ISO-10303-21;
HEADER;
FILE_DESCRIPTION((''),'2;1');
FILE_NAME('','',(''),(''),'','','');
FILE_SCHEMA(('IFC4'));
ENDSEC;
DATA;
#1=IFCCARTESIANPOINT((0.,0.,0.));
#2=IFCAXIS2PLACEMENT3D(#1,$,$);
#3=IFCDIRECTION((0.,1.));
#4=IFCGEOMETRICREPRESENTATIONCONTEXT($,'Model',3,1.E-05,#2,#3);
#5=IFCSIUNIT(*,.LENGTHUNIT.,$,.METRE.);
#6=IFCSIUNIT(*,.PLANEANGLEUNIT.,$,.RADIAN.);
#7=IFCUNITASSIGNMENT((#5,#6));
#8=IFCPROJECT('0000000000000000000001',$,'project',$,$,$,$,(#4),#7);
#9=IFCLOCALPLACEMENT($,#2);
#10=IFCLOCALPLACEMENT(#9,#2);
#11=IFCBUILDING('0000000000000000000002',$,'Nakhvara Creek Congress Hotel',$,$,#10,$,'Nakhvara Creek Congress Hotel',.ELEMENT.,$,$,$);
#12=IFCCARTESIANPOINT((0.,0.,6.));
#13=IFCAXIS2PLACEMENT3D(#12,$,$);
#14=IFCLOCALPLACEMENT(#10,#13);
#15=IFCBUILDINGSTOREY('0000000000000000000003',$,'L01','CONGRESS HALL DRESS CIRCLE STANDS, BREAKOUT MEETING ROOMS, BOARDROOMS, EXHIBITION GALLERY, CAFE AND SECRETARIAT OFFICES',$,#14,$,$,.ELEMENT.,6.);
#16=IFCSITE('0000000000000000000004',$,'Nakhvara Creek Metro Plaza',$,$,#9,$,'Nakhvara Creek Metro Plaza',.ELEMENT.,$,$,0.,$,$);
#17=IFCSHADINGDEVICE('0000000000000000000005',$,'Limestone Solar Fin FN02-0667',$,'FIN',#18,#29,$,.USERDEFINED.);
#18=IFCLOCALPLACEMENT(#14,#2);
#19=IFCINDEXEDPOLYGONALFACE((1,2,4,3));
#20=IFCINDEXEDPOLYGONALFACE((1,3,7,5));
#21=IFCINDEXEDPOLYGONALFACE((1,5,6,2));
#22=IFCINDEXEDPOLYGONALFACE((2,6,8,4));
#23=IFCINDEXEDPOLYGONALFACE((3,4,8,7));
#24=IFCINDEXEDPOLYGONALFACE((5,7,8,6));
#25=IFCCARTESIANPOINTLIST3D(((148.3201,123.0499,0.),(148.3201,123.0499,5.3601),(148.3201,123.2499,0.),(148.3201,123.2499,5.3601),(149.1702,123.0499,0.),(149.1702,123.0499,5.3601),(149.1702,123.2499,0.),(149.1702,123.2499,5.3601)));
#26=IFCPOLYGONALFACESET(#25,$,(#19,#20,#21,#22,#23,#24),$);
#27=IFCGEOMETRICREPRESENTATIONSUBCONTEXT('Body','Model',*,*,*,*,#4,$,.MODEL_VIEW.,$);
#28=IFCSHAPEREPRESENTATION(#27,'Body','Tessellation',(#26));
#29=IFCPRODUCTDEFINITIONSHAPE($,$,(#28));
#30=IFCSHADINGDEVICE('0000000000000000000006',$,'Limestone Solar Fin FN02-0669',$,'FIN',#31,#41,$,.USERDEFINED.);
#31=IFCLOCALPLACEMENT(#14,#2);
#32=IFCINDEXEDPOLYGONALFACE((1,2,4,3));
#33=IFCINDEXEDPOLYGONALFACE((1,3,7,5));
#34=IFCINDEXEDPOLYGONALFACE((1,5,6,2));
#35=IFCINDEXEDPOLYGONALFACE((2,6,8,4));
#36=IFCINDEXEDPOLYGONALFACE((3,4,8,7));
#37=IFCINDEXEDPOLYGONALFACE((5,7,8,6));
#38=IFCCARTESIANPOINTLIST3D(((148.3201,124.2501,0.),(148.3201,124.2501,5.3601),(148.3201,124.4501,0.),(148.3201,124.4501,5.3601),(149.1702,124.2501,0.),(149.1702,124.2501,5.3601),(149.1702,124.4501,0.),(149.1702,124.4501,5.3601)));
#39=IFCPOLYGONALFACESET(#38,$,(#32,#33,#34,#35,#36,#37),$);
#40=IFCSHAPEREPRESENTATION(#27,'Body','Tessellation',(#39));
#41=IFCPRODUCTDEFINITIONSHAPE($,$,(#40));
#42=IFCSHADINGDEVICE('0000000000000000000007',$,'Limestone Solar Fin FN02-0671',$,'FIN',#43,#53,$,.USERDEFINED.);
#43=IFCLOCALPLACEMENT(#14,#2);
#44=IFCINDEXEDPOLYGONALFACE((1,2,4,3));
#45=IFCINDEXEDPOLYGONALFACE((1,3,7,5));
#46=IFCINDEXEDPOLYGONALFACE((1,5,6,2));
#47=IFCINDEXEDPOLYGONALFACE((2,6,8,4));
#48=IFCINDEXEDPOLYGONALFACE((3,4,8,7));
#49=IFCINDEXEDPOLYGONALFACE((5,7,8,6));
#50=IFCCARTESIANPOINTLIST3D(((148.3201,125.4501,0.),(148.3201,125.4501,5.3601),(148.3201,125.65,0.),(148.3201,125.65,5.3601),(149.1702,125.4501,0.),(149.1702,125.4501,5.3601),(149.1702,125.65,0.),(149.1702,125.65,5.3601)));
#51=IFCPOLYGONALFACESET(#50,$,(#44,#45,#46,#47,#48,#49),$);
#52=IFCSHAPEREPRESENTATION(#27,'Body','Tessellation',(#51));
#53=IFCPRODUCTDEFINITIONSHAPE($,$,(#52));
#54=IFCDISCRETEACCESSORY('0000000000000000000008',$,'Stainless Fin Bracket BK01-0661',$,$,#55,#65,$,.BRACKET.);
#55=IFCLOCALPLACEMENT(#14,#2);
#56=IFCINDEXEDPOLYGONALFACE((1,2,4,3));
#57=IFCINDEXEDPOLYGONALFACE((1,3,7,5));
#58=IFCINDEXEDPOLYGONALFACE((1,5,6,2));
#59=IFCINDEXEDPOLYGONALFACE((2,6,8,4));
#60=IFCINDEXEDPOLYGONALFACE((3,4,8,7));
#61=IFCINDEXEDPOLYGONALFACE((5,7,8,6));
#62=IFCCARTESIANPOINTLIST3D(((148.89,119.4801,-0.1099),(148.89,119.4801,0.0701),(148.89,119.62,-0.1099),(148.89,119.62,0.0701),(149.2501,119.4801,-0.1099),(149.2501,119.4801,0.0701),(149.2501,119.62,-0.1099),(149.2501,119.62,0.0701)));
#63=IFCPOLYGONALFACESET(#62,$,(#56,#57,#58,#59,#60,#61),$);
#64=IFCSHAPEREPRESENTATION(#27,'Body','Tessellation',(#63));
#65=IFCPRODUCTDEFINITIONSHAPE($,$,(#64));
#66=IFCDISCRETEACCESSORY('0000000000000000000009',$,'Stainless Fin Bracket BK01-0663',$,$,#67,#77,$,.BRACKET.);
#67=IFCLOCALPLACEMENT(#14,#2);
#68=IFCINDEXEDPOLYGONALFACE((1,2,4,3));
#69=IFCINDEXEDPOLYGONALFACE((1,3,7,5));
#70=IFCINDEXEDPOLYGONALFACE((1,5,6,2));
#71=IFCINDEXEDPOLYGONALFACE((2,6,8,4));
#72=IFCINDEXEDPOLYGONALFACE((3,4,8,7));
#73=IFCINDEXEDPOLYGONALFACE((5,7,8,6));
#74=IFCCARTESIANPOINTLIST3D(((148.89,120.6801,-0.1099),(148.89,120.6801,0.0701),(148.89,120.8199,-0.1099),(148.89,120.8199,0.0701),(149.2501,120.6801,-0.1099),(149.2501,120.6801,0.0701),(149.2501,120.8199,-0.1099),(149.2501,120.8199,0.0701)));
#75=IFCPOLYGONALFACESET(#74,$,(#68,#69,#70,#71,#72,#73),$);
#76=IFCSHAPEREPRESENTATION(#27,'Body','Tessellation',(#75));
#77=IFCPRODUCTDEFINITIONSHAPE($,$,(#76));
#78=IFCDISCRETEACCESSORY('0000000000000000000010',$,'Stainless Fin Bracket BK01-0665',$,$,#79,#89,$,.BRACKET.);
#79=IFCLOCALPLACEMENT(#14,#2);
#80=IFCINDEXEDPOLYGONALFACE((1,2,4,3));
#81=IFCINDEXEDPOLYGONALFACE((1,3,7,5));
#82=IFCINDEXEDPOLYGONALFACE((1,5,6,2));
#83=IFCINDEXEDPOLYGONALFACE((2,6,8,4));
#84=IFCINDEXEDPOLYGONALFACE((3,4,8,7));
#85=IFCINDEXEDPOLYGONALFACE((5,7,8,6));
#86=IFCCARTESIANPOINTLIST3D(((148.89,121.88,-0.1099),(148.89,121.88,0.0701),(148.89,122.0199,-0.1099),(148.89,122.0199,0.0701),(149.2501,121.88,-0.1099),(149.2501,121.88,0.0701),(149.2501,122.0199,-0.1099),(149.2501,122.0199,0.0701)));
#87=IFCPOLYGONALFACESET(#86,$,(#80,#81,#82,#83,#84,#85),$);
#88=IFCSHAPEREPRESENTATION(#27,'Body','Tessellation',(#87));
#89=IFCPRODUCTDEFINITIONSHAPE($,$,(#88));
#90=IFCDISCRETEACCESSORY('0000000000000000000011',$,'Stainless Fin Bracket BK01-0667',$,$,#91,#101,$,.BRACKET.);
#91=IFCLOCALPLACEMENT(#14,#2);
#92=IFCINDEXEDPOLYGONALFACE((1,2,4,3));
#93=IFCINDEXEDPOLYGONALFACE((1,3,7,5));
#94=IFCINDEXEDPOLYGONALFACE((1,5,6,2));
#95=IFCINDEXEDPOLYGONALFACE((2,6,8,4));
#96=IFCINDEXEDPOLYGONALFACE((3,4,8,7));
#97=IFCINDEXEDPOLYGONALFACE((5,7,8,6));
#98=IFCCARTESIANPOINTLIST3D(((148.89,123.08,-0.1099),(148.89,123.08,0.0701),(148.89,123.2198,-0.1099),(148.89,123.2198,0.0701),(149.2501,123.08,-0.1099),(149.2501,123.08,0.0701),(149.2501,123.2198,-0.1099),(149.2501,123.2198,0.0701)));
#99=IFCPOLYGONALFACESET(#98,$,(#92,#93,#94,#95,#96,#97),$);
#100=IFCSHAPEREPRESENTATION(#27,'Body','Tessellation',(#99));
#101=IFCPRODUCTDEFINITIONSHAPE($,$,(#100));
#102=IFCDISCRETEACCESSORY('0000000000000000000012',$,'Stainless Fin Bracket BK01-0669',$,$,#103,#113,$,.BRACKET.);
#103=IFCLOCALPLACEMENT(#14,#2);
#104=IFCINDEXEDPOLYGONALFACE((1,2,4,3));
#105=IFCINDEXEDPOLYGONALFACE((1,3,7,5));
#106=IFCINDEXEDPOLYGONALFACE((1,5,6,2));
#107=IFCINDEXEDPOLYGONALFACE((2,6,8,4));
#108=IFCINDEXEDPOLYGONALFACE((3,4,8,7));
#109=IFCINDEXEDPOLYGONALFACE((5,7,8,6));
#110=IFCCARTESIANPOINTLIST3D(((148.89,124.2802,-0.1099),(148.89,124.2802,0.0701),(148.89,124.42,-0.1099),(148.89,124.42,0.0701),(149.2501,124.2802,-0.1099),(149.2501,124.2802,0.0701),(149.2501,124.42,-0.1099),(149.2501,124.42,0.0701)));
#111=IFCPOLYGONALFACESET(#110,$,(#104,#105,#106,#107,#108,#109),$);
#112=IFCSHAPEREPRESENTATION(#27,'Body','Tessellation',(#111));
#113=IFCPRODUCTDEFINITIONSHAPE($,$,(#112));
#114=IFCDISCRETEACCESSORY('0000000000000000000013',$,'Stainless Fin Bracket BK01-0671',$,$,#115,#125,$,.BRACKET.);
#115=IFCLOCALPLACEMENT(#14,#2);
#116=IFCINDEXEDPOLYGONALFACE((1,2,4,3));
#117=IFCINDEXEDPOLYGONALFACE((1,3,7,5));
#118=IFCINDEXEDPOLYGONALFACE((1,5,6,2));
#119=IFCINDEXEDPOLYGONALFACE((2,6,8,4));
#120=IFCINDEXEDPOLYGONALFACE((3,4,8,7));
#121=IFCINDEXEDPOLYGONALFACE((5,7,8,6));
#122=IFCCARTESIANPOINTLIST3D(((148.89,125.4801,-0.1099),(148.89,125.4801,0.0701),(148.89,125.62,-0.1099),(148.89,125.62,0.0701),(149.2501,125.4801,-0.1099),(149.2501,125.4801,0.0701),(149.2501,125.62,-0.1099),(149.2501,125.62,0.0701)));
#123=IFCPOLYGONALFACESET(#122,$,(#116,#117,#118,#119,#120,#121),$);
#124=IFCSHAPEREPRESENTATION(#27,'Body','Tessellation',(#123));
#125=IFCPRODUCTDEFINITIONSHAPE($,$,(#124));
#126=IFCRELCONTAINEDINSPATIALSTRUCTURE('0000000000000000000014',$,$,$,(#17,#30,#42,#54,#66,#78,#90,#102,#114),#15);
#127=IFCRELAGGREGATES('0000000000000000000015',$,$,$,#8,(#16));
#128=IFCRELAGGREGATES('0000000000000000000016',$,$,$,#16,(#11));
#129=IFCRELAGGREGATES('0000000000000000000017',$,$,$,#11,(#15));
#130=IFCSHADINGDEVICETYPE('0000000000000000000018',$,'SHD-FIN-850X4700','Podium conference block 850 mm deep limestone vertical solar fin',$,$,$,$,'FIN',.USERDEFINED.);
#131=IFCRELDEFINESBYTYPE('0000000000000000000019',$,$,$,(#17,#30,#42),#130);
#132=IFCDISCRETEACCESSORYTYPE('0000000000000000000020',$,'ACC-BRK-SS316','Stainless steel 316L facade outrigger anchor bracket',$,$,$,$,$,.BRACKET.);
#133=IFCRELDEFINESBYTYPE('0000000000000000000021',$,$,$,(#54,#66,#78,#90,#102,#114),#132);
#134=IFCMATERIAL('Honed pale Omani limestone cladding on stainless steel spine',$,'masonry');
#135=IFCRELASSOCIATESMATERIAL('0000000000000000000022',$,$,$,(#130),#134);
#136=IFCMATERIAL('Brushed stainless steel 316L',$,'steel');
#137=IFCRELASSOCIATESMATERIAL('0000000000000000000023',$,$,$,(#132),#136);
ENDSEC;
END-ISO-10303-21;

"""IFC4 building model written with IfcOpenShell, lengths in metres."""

from ifc_helpers import new_model, si_unit, direction, frame, origin, origin_2d, place, context, subcontext, project, spatial, rectangle, extrude, material, type_object, element, save


model = new_model("IFC4")

# Units and contexts
model_context = context("Model", 3, precision=1e-05, world=origin(), true_north=direction((0.0, 1.0)))
body_context = subcontext(model_context, "Body", "Model", "MODEL_VIEW")
ifc_project = project(units=[si_unit("LENGTHUNIT", "METRE"), si_unit("PLANEANGLEUNIT", "RADIAN")], contexts=[model_context])

# Site, building, storey
site_placement = place(None, origin())
site = spatial("IfcSite", under=ifc_project, at=site_placement, Name="Nakhvara Creek Metro Plaza", LongName="Nakhvara Creek Metro Plaza", CompositionType="ELEMENT", RefElevation=0.0)
building_placement = place(site_placement, origin())
building = spatial("IfcBuilding", under=site, at=building_placement, Name="Nakhvara Creek Congress Hotel", LongName="Nakhvara Creek Congress Hotel", CompositionType="ELEMENT")
storey_placement = place(building_placement, frame((0.0, 0.0, 6.0)))
storey = spatial("IfcBuildingStorey", under=building, at=storey_placement, Name="L01", Description="CONGRESS HALL DRESS CIRCLE STANDS, BREAKOUT MEETING ROOMS, BOARDROOMS, EXHIBITION GALLERY, CAFE AND SECRETARIAT OFFICES", CompositionType="ELEMENT", Elevation=6.0)

# Shading devices
ifc_material_1 = material(Name="Honed pale Omani limestone cladding on stainless steel spine", Category="masonry")
shading_device_type = type_object("IfcShadingDeviceType", Name="SHD-FIN-850X4700", Description="Podium conference block 850 mm deep limestone vertical solar fin", ElementType="FIN", PredefinedType="USERDEFINED", material=ifc_material_1)
for number, where, z_axis, x_axis, name in (
    (1, (148.7451, 123.1499, 0.0), (0.0, 0.0, 1.0), (0.0, 1.0, 0.0), "Limestone Solar Fin FN02-0667"),
    (2, (148.7451, 124.3501, 0.0), (0.0, 0.0, 1.0), (0.0, 1.0, 0.0), "Limestone Solar Fin FN02-0669"),
    (3, (148.7451, 125.55, 0.0), (0.0, 0.0, 1.0), (0.0, 1.0, 0.0), "Limestone Solar Fin FN02-0671"),
):
    element("IfcShadingDevice", number, at=place(storey_placement, frame(where, z_axis=z_axis, x_axis=x_axis)), inside=storey, type_object=shading_device_type, Name=name, ObjectType="FIN", PredefinedType="USERDEFINED", context=body_context, shape_type="SweptSolid", body=[
        extrude(rectangle(XDim=0.2, YDim=0.8501, at=origin_2d()), origin(), (0.0, 0.0, 1.0), 5.3601),
    ])

# Discrete accessories
ifc_material_2 = material(Name="Brushed stainless steel 316L", Category="steel")
discrete_accessory_type = type_object("IfcDiscreteAccessoryType", Name="ACC-BRK-SS316", Description="Stainless steel 316L facade outrigger anchor bracket", PredefinedType="BRACKET", material=ifc_material_2)
for number, where, z_axis, x_axis, name in (
    (4, (149.0701, 119.55, -0.1099), (0.0, 0.0, 1.0), (0.0, 1.0, 0.0), "Stainless Fin Bracket BK01-0661"),
    (5, (149.0701, 120.75, -0.1099), (0.0, 0.0, 1.0), (0.0, 1.0, 0.0), "Stainless Fin Bracket BK01-0663"),
    (6, (149.0701, 121.95, -0.1099), (0.0, 0.0, 1.0), (0.0, 1.0, 0.0), "Stainless Fin Bracket BK01-0665"),
    (7, (149.0701, 123.1499, -0.1099), (0.0, 0.0, 1.0), (0.0, 1.0, 0.0), "Stainless Fin Bracket BK01-0667"),
    (8, (149.0701, 124.3501, -0.1099), (0.0, 0.0, 1.0), (0.0, 1.0, 0.0), "Stainless Fin Bracket BK01-0669"),
    (9, (149.0701, 125.55, -0.1099), (0.0, 0.0, 1.0), (0.0, 1.0, 0.0), "Stainless Fin Bracket BK01-0671"),
):
    element("IfcDiscreteAccessory", number, at=place(storey_placement, frame(where, z_axis=z_axis, x_axis=x_axis)), inside=storey, type_object=discrete_accessory_type, Name=name, PredefinedType="BRACKET", context=body_context, shape_type="SweptSolid", body=[
        extrude(rectangle(XDim=0.1399, YDim=0.3601, at=origin_2d()), origin(), (0.0, 0.0, 1.0), 0.1799),
    ])

save(model, "model.ifc")
